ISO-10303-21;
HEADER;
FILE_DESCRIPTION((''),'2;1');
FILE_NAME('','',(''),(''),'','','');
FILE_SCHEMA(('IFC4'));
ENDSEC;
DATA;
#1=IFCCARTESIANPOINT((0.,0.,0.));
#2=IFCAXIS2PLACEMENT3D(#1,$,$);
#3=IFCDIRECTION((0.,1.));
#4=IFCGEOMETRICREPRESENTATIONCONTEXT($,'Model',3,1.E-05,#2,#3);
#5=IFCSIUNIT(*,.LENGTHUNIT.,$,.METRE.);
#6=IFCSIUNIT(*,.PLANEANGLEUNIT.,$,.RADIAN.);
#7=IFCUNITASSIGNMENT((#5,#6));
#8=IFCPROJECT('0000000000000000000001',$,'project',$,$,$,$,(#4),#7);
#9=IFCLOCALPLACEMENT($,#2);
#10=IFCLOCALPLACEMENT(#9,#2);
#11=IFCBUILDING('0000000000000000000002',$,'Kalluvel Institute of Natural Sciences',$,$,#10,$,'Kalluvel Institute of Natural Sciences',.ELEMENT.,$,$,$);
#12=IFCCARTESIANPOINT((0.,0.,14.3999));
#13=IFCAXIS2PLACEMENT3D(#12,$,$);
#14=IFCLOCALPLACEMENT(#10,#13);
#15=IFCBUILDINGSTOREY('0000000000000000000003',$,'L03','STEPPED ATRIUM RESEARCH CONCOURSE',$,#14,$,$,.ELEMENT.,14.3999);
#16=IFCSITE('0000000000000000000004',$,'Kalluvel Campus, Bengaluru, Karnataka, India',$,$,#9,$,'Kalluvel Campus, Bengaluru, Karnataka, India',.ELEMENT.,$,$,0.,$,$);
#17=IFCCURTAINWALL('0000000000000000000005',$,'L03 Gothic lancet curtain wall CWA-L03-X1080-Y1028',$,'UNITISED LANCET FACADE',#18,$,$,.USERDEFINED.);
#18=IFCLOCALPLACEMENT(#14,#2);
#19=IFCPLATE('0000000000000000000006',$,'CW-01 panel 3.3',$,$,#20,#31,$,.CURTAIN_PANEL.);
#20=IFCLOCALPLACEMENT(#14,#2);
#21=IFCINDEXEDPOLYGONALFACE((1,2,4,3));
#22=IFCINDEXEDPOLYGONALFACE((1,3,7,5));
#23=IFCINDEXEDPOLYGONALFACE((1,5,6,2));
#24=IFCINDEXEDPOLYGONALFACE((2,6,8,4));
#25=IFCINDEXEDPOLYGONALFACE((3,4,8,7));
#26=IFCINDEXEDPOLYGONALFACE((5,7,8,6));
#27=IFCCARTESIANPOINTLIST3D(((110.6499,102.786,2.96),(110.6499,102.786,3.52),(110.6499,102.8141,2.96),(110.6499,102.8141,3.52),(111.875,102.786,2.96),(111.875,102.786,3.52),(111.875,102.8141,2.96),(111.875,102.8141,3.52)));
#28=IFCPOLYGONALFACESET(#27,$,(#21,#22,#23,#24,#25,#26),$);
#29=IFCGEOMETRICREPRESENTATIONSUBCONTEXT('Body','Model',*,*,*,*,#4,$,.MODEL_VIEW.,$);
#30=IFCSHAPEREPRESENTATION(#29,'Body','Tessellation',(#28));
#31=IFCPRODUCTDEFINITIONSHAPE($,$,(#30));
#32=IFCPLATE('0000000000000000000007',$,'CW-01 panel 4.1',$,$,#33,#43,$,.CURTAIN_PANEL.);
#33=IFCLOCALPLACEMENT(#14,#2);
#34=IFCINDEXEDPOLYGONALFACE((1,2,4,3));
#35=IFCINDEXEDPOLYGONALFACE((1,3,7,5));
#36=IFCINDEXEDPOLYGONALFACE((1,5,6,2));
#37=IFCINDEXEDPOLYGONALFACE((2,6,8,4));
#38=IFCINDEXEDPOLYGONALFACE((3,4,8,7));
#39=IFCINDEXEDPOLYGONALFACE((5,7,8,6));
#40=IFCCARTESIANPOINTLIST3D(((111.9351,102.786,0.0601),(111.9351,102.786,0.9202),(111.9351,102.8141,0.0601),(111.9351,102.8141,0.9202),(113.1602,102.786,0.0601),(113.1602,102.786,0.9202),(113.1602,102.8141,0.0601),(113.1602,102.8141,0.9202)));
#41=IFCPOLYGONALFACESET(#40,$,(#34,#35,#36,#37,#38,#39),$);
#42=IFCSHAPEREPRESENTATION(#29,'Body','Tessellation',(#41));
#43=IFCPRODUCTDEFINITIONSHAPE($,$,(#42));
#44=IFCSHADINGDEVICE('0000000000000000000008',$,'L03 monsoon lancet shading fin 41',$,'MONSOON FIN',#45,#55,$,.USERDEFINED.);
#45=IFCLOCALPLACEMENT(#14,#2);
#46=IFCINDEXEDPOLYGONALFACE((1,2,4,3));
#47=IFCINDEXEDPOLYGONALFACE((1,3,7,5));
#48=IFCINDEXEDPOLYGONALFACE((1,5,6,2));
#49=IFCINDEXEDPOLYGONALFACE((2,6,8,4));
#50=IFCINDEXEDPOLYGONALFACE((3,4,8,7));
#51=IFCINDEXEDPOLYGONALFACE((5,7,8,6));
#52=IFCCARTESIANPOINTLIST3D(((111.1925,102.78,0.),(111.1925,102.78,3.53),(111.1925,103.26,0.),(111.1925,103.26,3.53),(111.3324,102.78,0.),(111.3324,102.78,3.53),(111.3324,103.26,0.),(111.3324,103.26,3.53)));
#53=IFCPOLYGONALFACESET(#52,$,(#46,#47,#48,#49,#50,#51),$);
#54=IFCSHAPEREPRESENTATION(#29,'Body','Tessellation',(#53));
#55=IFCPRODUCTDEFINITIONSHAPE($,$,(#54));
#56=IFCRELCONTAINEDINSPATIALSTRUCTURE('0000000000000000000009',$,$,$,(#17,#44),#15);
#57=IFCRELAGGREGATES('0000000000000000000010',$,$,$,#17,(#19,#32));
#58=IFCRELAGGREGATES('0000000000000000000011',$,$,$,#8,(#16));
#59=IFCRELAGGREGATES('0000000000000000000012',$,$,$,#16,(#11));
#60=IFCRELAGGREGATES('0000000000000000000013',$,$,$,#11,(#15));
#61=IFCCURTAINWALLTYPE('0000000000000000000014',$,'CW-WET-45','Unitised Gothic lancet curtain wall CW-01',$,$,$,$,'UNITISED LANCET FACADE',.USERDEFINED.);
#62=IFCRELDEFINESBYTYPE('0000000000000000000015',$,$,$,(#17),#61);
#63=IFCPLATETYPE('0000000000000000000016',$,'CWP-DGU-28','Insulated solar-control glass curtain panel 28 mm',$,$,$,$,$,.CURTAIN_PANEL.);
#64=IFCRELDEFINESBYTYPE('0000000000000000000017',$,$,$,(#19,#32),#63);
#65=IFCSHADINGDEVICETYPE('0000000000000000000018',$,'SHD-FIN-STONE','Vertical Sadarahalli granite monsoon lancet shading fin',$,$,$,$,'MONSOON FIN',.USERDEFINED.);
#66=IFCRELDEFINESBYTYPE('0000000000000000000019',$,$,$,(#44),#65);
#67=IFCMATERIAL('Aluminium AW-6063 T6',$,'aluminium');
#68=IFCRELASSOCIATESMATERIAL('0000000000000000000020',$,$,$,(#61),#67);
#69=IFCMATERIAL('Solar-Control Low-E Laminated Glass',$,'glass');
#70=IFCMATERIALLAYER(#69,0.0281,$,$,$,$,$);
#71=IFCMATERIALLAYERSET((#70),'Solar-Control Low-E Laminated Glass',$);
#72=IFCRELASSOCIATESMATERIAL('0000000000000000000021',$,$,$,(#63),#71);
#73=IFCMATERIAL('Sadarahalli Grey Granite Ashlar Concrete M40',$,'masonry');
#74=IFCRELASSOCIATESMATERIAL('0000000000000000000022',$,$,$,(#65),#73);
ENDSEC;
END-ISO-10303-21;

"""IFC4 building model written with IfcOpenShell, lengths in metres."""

from ifc_helpers import new_model, si_unit, direction, frame, origin, origin_2d, place, context, subcontext, project, spatial, rectangle, extrude, material, layer, layer_set, type_object, element, aggregate, save


model = new_model("IFC4")

# Units and contexts
model_context = context("Model", 3, precision=1e-05, world=origin(), true_north=direction((0.0, 1.0)))
body_context = subcontext(model_context, "Body", "Model", "MODEL_VIEW")
ifc_project = project(units=[si_unit("LENGTHUNIT", "METRE"), si_unit("PLANEANGLEUNIT", "RADIAN")], contexts=[model_context])

# Site, building, storey
site_placement = place(None, origin())
site = spatial("IfcSite", under=ifc_project, at=site_placement, Name="Kalluvel Campus, Bengaluru, Karnataka, India", LongName="Kalluvel Campus, Bengaluru, Karnataka, India", CompositionType="ELEMENT", RefElevation=0.0)
building_placement = place(site_placement, origin())
building = spatial("IfcBuilding", under=site, at=building_placement, Name="Kalluvel Institute of Natural Sciences", LongName="Kalluvel Institute of Natural Sciences", CompositionType="ELEMENT")
storey_placement = place(building_placement, frame((0.0, 0.0, 14.3999)))
storey = spatial("IfcBuildingStorey", under=building, at=storey_placement, Name="L03", Description="STEPPED ATRIUM RESEARCH CONCOURSE", CompositionType="ELEMENT", Elevation=14.3999)

# Curtain wall
ifc_material_1 = material(Name="Aluminium AW-6063 T6", Category="aluminium")
curtain_wall_type = type_object("IfcCurtainWallType", Name="CW-WET-45", Description="Unitised Gothic lancet curtain wall CW-01", ElementType="UNITISED LANCET FACADE", PredefinedType="USERDEFINED", material=ifc_material_1)
curtain_wall_placement = place(storey_placement, origin())
curtain_wall = element("IfcCurtainWall", 1, at=curtain_wall_placement, inside=storey, type_object=curtain_wall_type, Name="L03 Gothic lancet curtain wall CWA-L03-X1080-Y1028", ObjectType="UNITISED LANCET FACADE", PredefinedType="USERDEFINED")

# Plates
ifc_material_2 = material(Name="Solar-Control Low-E Laminated Glass", Category="glass")
ifc_layer = layer(ifc_material_2, 0.0281)
ifc_layer_set = layer_set([ifc_layer], Name="Solar-Control Low-E Laminated Glass")
plate_type = type_object("IfcPlateType", Name="CWP-DGU-28", Description="Insulated solar-control glass curtain panel 28 mm", PredefinedType="CURTAIN_PANEL", material=ifc_layer_set)
plate_1_placement = place(storey_placement, frame((111.2625, 102.8, 2.96), z_axis=(0.0, 0.0, 1.0), x_axis=(1.0, 0.0, 0.0)))
plate_1 = element("IfcPlate", 2, at=plate_1_placement, type_object=plate_type, Name="CW-01 panel 3.3", PredefinedType="CURTAIN_PANEL", context=body_context, shape_type="SweptSolid", body=[
    extrude(rectangle(XDim=1.2251, YDim=0.0281, at=origin_2d()), origin(), (0.0, 0.0, 1.0), 0.5601),
])
plate_2_placement = place(storey_placement, frame((112.5476, 102.8, 0.0601), z_axis=(0.0, 0.0, 1.0), x_axis=(1.0, 0.0, 0.0)))
plate_2 = element("IfcPlate", 3, at=plate_2_placement, type_object=plate_type, Name="CW-01 panel 4.1", PredefinedType="CURTAIN_PANEL", context=body_context, shape_type="SweptSolid", body=[
    extrude(rectangle(XDim=1.2251, YDim=0.0281, at=origin_2d()), origin(), (0.0, 0.0, 1.0), 0.8601),
])
aggregate(curtain_wall, [plate_1, plate_2])

# Shading device
ifc_material_3 = material(Name="Sadarahalli Grey Granite Ashlar Concrete M40", Category="masonry")
shading_device_type = type_object("IfcShadingDeviceType", Name="SHD-FIN-STONE", Description="Vertical Sadarahalli granite monsoon lancet shading fin", ElementType="MONSOON FIN", PredefinedType="USERDEFINED", material=ifc_material_3)
shading_device_placement = place(storey_placement, frame((111.2625, 103.02, 0.0), z_axis=(0.0, 0.0, 1.0), x_axis=(1.0, 0.0, 0.0)))
element("IfcShadingDevice", 4, at=shading_device_placement, inside=storey, type_object=shading_device_type, Name="L03 monsoon lancet shading fin 41", ObjectType="MONSOON FIN", PredefinedType="USERDEFINED", context=body_context, shape_type="SweptSolid", body=[
    extrude(rectangle(XDim=0.1399, YDim=0.48, at=origin_2d()), origin(), (0.0, 0.0, 1.0), 3.53),
])

save(model, "model.ifc")
